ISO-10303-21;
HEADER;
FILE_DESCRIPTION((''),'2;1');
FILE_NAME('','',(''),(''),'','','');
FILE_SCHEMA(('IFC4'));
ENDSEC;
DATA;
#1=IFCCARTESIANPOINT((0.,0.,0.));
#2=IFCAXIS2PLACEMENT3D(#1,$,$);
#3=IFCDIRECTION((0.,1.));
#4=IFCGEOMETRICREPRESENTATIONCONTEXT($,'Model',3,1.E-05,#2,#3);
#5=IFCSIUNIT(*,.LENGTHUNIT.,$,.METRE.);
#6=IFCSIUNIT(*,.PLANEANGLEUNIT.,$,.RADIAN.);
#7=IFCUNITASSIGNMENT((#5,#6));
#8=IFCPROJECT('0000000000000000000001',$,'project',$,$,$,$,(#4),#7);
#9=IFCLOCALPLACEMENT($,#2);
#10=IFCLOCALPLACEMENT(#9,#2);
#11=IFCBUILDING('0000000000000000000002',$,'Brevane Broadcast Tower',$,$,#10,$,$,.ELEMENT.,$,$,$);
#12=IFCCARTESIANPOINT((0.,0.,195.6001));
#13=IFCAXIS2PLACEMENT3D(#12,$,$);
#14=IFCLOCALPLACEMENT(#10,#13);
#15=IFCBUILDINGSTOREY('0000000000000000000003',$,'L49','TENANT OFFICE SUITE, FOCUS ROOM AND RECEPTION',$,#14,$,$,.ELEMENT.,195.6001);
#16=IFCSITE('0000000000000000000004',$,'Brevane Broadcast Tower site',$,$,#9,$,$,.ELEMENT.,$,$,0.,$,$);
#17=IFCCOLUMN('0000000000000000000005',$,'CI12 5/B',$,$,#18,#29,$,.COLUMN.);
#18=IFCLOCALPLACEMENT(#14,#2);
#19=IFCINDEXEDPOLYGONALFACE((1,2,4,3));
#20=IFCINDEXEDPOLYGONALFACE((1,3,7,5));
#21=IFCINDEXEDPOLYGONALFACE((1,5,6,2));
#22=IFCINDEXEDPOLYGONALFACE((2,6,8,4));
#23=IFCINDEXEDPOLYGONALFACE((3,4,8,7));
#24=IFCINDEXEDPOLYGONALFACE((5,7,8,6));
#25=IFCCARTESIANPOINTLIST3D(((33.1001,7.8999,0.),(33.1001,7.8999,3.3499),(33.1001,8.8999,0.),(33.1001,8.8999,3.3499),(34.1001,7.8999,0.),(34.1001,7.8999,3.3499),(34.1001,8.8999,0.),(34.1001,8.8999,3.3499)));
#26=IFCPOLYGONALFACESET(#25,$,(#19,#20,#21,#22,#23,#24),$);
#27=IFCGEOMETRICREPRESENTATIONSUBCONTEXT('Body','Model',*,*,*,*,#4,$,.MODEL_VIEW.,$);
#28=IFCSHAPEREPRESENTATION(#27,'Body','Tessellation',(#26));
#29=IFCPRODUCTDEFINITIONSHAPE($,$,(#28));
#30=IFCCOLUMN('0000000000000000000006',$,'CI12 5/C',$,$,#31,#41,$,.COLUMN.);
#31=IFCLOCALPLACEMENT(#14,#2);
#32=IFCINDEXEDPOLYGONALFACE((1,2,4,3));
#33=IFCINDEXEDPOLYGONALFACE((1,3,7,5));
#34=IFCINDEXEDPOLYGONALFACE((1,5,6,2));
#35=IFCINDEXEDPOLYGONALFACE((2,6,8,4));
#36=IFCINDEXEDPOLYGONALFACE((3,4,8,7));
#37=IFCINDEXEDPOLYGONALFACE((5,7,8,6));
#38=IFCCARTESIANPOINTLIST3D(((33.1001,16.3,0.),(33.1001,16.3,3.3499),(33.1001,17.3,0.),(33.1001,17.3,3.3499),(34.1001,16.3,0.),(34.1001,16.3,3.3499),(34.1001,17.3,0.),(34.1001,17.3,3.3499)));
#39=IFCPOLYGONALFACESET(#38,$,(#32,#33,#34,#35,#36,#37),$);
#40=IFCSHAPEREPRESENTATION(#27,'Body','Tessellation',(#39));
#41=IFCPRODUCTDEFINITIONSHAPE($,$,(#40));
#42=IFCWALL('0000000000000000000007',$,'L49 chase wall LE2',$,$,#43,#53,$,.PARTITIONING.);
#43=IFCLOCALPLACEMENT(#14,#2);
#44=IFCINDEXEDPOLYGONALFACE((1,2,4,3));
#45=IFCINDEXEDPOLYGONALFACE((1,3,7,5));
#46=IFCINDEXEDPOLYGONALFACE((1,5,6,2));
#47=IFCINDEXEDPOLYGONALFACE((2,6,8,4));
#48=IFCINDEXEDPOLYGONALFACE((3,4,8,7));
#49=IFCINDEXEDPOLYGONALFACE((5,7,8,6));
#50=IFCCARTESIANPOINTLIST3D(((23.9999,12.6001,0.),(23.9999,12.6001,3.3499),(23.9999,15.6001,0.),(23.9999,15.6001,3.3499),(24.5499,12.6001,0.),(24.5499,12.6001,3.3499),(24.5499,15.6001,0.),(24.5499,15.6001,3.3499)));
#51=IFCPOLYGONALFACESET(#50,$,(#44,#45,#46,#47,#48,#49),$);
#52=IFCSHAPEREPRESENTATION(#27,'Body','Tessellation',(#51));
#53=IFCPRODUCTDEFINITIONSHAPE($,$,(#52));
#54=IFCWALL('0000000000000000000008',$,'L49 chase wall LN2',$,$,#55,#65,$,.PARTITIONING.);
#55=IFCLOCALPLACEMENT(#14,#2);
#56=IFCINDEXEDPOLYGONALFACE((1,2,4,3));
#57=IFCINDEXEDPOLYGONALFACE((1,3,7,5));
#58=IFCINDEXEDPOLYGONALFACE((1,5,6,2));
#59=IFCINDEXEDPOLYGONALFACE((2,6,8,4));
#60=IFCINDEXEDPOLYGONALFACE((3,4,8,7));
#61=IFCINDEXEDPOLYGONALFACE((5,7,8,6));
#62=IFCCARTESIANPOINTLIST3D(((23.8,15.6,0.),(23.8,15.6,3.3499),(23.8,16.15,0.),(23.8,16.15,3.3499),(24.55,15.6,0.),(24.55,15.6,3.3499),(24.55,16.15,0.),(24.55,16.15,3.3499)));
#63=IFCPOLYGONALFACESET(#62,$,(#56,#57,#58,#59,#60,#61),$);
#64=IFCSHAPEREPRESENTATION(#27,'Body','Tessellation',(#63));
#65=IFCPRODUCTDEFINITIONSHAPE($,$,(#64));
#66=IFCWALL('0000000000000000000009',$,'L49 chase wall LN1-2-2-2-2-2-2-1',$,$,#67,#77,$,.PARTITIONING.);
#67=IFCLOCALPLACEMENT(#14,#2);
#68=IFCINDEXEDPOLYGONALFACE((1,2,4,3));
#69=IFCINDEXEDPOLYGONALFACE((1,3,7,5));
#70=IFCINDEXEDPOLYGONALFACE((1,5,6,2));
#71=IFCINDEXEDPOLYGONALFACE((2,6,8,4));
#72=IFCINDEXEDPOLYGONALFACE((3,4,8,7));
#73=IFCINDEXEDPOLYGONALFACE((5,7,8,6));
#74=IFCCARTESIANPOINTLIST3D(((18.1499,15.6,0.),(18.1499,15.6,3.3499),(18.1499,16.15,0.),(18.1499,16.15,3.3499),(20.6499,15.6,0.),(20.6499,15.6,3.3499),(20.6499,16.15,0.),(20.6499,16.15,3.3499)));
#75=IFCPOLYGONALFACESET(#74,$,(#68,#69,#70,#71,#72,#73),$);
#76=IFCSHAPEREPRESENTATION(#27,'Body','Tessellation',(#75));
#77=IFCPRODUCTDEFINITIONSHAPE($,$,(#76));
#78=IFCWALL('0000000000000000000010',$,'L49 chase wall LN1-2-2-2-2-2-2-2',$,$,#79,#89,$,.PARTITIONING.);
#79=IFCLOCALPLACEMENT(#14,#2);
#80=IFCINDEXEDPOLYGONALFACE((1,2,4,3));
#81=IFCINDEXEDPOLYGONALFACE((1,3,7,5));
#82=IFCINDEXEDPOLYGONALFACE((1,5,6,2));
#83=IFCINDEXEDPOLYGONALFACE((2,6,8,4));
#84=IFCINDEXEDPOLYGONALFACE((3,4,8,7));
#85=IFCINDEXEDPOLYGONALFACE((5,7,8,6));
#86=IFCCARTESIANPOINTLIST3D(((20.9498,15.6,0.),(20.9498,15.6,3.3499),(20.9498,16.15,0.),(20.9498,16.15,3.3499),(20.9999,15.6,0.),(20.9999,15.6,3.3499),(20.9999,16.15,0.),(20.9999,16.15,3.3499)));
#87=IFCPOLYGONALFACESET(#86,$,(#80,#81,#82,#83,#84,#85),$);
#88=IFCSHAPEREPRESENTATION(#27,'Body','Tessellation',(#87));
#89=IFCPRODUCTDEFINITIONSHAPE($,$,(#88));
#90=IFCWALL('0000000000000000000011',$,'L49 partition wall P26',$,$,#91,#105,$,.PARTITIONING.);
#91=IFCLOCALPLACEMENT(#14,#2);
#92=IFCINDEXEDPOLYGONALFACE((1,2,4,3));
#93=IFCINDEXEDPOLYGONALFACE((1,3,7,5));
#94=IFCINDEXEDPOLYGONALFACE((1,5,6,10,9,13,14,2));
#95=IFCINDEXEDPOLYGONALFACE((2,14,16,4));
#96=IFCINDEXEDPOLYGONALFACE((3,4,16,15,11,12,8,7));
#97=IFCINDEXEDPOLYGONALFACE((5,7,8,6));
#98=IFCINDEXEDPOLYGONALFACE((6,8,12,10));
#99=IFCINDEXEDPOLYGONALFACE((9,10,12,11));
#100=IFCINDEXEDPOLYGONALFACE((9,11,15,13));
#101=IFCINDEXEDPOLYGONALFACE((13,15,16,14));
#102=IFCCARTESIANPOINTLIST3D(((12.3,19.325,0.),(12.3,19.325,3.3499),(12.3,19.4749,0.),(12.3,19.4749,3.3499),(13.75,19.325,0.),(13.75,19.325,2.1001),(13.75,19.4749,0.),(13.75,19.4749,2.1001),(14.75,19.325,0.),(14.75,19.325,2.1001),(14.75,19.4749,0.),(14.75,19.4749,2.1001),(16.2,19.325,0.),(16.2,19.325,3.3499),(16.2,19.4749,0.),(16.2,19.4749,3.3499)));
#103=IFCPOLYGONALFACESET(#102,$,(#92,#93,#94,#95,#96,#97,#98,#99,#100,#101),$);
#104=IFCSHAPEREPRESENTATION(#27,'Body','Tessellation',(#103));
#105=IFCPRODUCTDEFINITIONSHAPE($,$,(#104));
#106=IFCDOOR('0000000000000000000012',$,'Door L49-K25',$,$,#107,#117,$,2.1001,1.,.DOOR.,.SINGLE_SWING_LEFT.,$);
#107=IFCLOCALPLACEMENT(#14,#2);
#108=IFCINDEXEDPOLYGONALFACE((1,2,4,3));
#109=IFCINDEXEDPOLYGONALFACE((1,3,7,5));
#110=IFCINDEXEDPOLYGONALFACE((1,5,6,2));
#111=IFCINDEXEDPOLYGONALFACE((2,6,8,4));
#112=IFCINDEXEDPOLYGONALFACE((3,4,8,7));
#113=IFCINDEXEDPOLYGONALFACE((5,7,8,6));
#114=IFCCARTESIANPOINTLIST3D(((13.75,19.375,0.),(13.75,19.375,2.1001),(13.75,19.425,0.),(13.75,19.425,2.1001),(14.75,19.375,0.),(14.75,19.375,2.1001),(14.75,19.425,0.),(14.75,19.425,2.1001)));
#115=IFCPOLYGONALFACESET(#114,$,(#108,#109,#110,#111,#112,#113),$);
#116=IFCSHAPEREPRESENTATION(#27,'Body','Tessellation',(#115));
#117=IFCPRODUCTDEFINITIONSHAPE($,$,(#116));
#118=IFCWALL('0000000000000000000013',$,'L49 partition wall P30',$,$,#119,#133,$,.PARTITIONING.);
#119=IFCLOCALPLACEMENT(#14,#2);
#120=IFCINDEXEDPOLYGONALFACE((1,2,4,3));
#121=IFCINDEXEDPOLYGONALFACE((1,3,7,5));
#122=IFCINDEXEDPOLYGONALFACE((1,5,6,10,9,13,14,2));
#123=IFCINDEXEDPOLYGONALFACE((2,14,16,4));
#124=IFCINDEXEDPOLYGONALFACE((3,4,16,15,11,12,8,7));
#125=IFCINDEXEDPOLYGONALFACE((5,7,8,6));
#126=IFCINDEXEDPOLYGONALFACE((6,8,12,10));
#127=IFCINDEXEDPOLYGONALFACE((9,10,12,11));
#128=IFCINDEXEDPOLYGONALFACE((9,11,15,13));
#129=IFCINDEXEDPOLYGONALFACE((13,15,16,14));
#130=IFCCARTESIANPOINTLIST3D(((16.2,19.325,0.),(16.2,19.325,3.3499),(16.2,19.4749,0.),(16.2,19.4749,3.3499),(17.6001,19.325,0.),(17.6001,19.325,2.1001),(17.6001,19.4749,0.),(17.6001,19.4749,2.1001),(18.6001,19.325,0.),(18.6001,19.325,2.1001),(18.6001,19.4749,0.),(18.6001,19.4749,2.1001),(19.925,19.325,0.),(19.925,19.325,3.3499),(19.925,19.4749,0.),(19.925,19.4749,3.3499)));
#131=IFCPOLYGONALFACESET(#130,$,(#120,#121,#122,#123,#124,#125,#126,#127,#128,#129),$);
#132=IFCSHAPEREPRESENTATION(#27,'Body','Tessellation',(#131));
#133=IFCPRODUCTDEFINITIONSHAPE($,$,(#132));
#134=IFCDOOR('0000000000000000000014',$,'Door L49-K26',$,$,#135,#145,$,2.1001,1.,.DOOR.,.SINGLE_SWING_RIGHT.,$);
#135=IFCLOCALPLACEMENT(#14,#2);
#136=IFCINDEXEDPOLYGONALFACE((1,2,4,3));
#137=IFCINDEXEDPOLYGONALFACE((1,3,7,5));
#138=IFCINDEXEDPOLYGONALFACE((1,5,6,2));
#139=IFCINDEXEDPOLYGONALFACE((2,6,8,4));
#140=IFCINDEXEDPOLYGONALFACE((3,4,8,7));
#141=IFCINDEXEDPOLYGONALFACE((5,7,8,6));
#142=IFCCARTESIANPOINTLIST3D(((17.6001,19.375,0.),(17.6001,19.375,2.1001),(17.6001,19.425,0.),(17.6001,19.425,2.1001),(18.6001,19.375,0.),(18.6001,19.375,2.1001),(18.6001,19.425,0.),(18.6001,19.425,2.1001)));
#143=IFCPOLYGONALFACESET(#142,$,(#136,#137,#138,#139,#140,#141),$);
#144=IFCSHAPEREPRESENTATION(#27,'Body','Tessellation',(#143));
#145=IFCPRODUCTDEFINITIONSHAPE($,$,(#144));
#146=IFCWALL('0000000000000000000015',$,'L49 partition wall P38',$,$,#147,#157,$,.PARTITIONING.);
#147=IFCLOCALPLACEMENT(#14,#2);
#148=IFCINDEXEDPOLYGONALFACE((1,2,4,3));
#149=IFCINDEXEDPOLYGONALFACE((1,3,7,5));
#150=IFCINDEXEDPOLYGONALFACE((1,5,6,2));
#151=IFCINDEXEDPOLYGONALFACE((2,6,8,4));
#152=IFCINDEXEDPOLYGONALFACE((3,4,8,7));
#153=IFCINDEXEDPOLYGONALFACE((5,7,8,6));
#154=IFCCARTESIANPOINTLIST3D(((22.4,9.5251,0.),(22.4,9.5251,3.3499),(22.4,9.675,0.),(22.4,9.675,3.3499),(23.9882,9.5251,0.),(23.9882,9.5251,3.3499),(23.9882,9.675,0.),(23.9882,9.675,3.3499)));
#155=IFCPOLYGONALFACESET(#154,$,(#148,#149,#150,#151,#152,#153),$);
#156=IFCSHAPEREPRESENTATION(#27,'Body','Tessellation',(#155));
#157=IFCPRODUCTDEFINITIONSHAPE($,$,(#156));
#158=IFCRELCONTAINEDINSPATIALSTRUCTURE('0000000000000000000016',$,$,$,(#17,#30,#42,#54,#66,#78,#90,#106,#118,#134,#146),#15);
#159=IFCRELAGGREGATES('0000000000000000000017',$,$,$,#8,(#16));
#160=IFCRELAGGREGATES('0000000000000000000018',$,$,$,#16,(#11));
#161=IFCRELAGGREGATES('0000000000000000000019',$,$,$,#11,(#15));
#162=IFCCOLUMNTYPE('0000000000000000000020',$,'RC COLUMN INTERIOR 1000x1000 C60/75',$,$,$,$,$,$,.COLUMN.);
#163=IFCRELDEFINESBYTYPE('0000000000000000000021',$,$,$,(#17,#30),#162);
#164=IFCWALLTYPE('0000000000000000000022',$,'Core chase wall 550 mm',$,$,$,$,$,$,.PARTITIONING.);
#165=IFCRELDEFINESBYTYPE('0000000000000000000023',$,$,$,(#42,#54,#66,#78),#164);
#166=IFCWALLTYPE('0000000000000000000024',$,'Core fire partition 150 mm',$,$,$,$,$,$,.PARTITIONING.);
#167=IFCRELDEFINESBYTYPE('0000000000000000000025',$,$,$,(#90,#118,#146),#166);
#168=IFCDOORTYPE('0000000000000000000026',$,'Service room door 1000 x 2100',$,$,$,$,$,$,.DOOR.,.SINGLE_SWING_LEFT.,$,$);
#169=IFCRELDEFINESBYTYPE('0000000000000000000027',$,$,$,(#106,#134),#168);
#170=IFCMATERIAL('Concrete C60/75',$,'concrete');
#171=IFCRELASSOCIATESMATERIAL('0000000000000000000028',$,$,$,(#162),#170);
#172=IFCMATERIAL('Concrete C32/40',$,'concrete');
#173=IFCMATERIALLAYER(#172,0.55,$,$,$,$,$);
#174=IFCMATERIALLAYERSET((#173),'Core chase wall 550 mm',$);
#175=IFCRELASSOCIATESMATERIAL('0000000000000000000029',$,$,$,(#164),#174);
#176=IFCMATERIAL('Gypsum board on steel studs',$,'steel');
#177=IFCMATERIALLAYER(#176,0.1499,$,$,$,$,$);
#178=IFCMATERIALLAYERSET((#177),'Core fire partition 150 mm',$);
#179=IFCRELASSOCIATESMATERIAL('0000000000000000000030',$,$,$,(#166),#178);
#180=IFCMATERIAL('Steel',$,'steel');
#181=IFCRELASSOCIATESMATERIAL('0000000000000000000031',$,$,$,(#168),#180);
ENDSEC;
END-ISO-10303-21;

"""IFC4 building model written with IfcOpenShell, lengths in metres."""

from ifc_helpers import new_model, si_unit, direction, frame, frame_2d, origin, origin_2d, place, context, subcontext, project, spatial, rectangle, extrude, material, layer, layer_set, material_profile, profile_set, type_object, element, fill, save


model = new_model("IFC4")

# Units and contexts
model_context = context("Model", 3, precision=1e-05, world=origin(), true_north=direction((0.0, 1.0)))
body_context = subcontext(model_context, "Body", "Model", "MODEL_VIEW")
ifc_project = project(units=[si_unit("LENGTHUNIT", "METRE"), si_unit("PLANEANGLEUNIT", "RADIAN")], contexts=[model_context])

# Site, building, storey
site_placement = place(None, origin())
site = spatial("IfcSite", under=ifc_project, at=site_placement, Name="Brevane Broadcast Tower site", CompositionType="ELEMENT", RefElevation=0.0)
building_placement = place(site_placement, origin())
building = spatial("IfcBuilding", under=site, at=building_placement, Name="Brevane Broadcast Tower", CompositionType="ELEMENT")
storey_placement = place(building_placement, frame((0.0, 0.0, 195.6001)))
storey = spatial("IfcBuildingStorey", under=building, at=storey_placement, Name="L49", Description="TENANT OFFICE SUITE, FOCUS ROOM AND RECEPTION", CompositionType="ELEMENT", Elevation=195.6001)

# Columns
ifc_material_1 = material(Name="Concrete C60/75", Category="concrete")
ifc_material_profile = material_profile(ifc_material_1, rectangle(XDim=1.0, YDim=1.0, at=origin_2d()), Name="RC 1000x1000")
ifc_profile_set = profile_set([ifc_material_profile], Name="Concrete C60/75")
column_type = type_object("IfcColumnType", Name="RC COLUMN INTERIOR 1000x1000 C60/75", PredefinedType="COLUMN", material=ifc_profile_set)
for number, where, z_axis, x_axis, name in (
    (1, (33.6001, 8.3999, 0.0), (0.0, 0.0, 1.0), (1.0, 0.0, 0.0), "CI12 5/B"),
    (2, (33.6001, 16.8, 0.0), (0.0, 0.0, 1.0), (1.0, 0.0, 0.0), "CI12 5/C"),
):
    element("IfcColumn", number, at=place(storey_placement, frame(where, z_axis=z_axis, x_axis=x_axis)), inside=storey, type_object=column_type, Name=name, PredefinedType="COLUMN", context=body_context, shape_type="SweptSolid", body=[
        extrude(rectangle(XDim=1.0, YDim=1.0, at=origin_2d()), origin(), (0.0, 0.0, 1.0), 3.3499),
    ])

# Walls
ifc_material_2 = material(Name="Concrete C32/40", Category="concrete")
ifc_layer_1 = layer(ifc_material_2, 0.55)
ifc_layer_set_1 = layer_set([ifc_layer_1], Name="Core chase wall 550 mm")
wall_type_1 = type_object("IfcWallType", Name="Core chase wall 550 mm", PredefinedType="PARTITIONING", material=ifc_layer_set_1)
wall_1_placement = place(storey_placement, frame((24.2749, 12.6001, 0.0), z_axis=(0.0, 0.0, 1.0), x_axis=(0.0, 1.0, 0.0)))
element("IfcWall", 3, at=wall_1_placement, inside=storey, type_object=wall_type_1, Name="L49 chase wall LE2", PredefinedType="PARTITIONING", context=body_context, shape_type="SweptSolid", body=[
    extrude(rectangle(XDim=3.0, YDim=0.55, at=frame_2d((1.5, 0.0))), origin(), (0.0, 0.0, 1.0), 3.3499),
])
wall_2_placement = place(storey_placement, frame((23.8, 15.875, 0.0), z_axis=(0.0, 0.0, 1.0), x_axis=(1.0, 0.0, 0.0)))
element("IfcWall", 4, at=wall_2_placement, inside=storey, type_object=wall_type_1, Name="L49 chase wall LN2", PredefinedType="PARTITIONING", context=body_context, shape_type="SweptSolid", body=[
    extrude(rectangle(XDim=0.75, YDim=0.55, at=frame_2d((0.375, 0.0))), origin(), (0.0, 0.0, 1.0), 3.3499),
])
wall_3_placement = place(storey_placement, frame((18.1499, 15.875, 0.0), z_axis=(0.0, 0.0, 1.0), x_axis=(1.0, 0.0, 0.0)))
element("IfcWall", 5, at=wall_3_placement, inside=storey, type_object=wall_type_1, Name="L49 chase wall LN1-2-2-2-2-2-2-1", PredefinedType="PARTITIONING", context=body_context, shape_type="SweptSolid", body=[
    extrude(rectangle(XDim=2.5, YDim=0.55, at=frame_2d((1.25, 0.0))), origin(), (0.0, 0.0, 1.0), 3.3499),
])
wall_4_placement = place(storey_placement, frame((20.95, 15.875, 0.0), z_axis=(0.0, 0.0, 1.0), x_axis=(1.0, 0.0, 0.0)))
element("IfcWall", 6, at=wall_4_placement, inside=storey, type_object=wall_type_1, Name="L49 chase wall LN1-2-2-2-2-2-2-2", PredefinedType="PARTITIONING", context=body_context, shape_type="SweptSolid", body=[
    extrude(rectangle(XDim=0.05, YDim=0.55, at=frame_2d((0.0249, 0.0))), origin(), (0.0, 0.0, 1.0), 3.3499),
])

# Walls, openings, doors
ifc_material_3 = material(Name="Gypsum board on steel studs", Category="steel")
ifc_layer_2 = layer(ifc_material_3, 0.1499)
ifc_layer_set_2 = layer_set([ifc_layer_2], Name="Core fire partition 150 mm")
wall_type_2 = type_object("IfcWallType", Name="Core fire partition 150 mm", PredefinedType="PARTITIONING", material=ifc_layer_set_2)
wall_5_placement = place(storey_placement, frame((16.2, 19.3999, 0.0), z_axis=(0.0, 0.0, 1.0), x_axis=(-1.0, 0.0, 0.0)))
wall_5 = element("IfcWall", 7, at=wall_5_placement, inside=storey, type_object=wall_type_2, Name="L49 partition wall P26", PredefinedType="PARTITIONING", context=body_context, shape_type="SweptSolid", body=[
    extrude(rectangle(XDim=3.8999, YDim=0.1499, at=frame_2d((1.95, 0.0))), origin(), (0.0, 0.0, 1.0), 3.3499),
])
opening_1_placement = place(wall_5_placement, frame((1.45, 0.0, 0.0)))
opening_1 = element("IfcOpeningElement", 8, at=opening_1_placement, cuts=wall_5, PredefinedType="OPENING", context=body_context, shape_type="SweptSolid", body=[
    extrude(rectangle(XDim=1.0, YDim=2.1001, at=frame_2d((0.5, 1.05))), frame((0.0, 0.085, 0.0), z_axis=(0.0, -1.0, 0.0), x_axis=(1.0, 0.0, 0.0)), (0.0, 0.0, 1.0), 0.1699),
])
ifc_material_4 = material(Name="Steel", Category="steel")
door_type_1 = type_object("IfcDoorType", Name="Service room door 1000 x 2100", OperationType="SINGLE_SWING_LEFT", PredefinedType="DOOR", material=ifc_material_4)
door_1_placement = place(opening_1_placement, origin())
door_1 = element("IfcDoor", 9, at=door_1_placement, inside=storey, type_object=door_type_1, Name="Door L49-K25", OperationType="SINGLE_SWING_LEFT", OverallHeight=2.1001, OverallWidth=1.0, PredefinedType="DOOR", context=body_context, shape_type="SweptSolid", body=[
    extrude(rectangle(XDim=1.0, YDim=2.1001, at=frame_2d((0.5, 1.05))), frame((0.0, 0.0249, 0.0), z_axis=(0.0, -1.0, 0.0), x_axis=(1.0, 0.0, 0.0)), (0.0, 0.0, 1.0), 0.05),
])
fill(opening_1, door_1)
wall_6_placement = place(storey_placement, frame((19.925, 19.3999, 0.0), z_axis=(0.0, 0.0, 1.0), x_axis=(-1.0, 0.0, 0.0)))
wall_6 = element("IfcWall", 10, at=wall_6_placement, inside=storey, type_object=wall_type_2, Name="L49 partition wall P30", PredefinedType="PARTITIONING", context=body_context, shape_type="SweptSolid", body=[
    extrude(rectangle(XDim=3.7251, YDim=0.1499, at=frame_2d((1.8625, 0.0))), origin(), (0.0, 0.0, 1.0), 3.3499),
])
opening_2_placement = place(wall_6_placement, frame((1.325, 0.0, 0.0)))
opening_2 = element("IfcOpeningElement", 11, at=opening_2_placement, cuts=wall_6, PredefinedType="OPENING", context=body_context, shape_type="SweptSolid", body=[
    extrude(rectangle(XDim=1.0, YDim=2.1001, at=frame_2d((0.5, 1.05))), frame((0.0, 0.085, 0.0), z_axis=(0.0, -1.0, 0.0), x_axis=(1.0, 0.0, 0.0)), (0.0, 0.0, 1.0), 0.1699),
])
door_2_placement = place(opening_2_placement, origin())
door_2 = element("IfcDoor", 12, at=door_2_placement, inside=storey, type_object=door_type_1, Name="Door L49-K26", OperationType="SINGLE_SWING_RIGHT", OverallHeight=2.1001, OverallWidth=1.0, PredefinedType="DOOR", context=body_context, shape_type="SweptSolid", body=[
    extrude(rectangle(XDim=1.0, YDim=2.1001, at=frame_2d((0.5, 1.05))), frame((0.0, 0.0249, 0.0), z_axis=(0.0, -1.0, 0.0), x_axis=(1.0, 0.0, 0.0)), (0.0, 0.0, 1.0), 0.05),
])
fill(opening_2, door_2)

# Wall
wall_7_placement = place(storey_placement, frame((23.988, 9.6001, 0.0), z_axis=(0.0, 0.0, 1.0), x_axis=(-1.0, 0.0, 0.0)))
element("IfcWall", 13, at=wall_7_placement, inside=storey, type_object=wall_type_2, Name="L49 partition wall P38", PredefinedType="PARTITIONING", context=body_context, shape_type="SweptSolid", body=[
    extrude(rectangle(XDim=1.5881, YDim=0.1499, at=frame_2d((0.7939, 0.0))), origin(), (0.0, 0.0, 1.0), 3.3499),
])

save(model, "model.ifc")
